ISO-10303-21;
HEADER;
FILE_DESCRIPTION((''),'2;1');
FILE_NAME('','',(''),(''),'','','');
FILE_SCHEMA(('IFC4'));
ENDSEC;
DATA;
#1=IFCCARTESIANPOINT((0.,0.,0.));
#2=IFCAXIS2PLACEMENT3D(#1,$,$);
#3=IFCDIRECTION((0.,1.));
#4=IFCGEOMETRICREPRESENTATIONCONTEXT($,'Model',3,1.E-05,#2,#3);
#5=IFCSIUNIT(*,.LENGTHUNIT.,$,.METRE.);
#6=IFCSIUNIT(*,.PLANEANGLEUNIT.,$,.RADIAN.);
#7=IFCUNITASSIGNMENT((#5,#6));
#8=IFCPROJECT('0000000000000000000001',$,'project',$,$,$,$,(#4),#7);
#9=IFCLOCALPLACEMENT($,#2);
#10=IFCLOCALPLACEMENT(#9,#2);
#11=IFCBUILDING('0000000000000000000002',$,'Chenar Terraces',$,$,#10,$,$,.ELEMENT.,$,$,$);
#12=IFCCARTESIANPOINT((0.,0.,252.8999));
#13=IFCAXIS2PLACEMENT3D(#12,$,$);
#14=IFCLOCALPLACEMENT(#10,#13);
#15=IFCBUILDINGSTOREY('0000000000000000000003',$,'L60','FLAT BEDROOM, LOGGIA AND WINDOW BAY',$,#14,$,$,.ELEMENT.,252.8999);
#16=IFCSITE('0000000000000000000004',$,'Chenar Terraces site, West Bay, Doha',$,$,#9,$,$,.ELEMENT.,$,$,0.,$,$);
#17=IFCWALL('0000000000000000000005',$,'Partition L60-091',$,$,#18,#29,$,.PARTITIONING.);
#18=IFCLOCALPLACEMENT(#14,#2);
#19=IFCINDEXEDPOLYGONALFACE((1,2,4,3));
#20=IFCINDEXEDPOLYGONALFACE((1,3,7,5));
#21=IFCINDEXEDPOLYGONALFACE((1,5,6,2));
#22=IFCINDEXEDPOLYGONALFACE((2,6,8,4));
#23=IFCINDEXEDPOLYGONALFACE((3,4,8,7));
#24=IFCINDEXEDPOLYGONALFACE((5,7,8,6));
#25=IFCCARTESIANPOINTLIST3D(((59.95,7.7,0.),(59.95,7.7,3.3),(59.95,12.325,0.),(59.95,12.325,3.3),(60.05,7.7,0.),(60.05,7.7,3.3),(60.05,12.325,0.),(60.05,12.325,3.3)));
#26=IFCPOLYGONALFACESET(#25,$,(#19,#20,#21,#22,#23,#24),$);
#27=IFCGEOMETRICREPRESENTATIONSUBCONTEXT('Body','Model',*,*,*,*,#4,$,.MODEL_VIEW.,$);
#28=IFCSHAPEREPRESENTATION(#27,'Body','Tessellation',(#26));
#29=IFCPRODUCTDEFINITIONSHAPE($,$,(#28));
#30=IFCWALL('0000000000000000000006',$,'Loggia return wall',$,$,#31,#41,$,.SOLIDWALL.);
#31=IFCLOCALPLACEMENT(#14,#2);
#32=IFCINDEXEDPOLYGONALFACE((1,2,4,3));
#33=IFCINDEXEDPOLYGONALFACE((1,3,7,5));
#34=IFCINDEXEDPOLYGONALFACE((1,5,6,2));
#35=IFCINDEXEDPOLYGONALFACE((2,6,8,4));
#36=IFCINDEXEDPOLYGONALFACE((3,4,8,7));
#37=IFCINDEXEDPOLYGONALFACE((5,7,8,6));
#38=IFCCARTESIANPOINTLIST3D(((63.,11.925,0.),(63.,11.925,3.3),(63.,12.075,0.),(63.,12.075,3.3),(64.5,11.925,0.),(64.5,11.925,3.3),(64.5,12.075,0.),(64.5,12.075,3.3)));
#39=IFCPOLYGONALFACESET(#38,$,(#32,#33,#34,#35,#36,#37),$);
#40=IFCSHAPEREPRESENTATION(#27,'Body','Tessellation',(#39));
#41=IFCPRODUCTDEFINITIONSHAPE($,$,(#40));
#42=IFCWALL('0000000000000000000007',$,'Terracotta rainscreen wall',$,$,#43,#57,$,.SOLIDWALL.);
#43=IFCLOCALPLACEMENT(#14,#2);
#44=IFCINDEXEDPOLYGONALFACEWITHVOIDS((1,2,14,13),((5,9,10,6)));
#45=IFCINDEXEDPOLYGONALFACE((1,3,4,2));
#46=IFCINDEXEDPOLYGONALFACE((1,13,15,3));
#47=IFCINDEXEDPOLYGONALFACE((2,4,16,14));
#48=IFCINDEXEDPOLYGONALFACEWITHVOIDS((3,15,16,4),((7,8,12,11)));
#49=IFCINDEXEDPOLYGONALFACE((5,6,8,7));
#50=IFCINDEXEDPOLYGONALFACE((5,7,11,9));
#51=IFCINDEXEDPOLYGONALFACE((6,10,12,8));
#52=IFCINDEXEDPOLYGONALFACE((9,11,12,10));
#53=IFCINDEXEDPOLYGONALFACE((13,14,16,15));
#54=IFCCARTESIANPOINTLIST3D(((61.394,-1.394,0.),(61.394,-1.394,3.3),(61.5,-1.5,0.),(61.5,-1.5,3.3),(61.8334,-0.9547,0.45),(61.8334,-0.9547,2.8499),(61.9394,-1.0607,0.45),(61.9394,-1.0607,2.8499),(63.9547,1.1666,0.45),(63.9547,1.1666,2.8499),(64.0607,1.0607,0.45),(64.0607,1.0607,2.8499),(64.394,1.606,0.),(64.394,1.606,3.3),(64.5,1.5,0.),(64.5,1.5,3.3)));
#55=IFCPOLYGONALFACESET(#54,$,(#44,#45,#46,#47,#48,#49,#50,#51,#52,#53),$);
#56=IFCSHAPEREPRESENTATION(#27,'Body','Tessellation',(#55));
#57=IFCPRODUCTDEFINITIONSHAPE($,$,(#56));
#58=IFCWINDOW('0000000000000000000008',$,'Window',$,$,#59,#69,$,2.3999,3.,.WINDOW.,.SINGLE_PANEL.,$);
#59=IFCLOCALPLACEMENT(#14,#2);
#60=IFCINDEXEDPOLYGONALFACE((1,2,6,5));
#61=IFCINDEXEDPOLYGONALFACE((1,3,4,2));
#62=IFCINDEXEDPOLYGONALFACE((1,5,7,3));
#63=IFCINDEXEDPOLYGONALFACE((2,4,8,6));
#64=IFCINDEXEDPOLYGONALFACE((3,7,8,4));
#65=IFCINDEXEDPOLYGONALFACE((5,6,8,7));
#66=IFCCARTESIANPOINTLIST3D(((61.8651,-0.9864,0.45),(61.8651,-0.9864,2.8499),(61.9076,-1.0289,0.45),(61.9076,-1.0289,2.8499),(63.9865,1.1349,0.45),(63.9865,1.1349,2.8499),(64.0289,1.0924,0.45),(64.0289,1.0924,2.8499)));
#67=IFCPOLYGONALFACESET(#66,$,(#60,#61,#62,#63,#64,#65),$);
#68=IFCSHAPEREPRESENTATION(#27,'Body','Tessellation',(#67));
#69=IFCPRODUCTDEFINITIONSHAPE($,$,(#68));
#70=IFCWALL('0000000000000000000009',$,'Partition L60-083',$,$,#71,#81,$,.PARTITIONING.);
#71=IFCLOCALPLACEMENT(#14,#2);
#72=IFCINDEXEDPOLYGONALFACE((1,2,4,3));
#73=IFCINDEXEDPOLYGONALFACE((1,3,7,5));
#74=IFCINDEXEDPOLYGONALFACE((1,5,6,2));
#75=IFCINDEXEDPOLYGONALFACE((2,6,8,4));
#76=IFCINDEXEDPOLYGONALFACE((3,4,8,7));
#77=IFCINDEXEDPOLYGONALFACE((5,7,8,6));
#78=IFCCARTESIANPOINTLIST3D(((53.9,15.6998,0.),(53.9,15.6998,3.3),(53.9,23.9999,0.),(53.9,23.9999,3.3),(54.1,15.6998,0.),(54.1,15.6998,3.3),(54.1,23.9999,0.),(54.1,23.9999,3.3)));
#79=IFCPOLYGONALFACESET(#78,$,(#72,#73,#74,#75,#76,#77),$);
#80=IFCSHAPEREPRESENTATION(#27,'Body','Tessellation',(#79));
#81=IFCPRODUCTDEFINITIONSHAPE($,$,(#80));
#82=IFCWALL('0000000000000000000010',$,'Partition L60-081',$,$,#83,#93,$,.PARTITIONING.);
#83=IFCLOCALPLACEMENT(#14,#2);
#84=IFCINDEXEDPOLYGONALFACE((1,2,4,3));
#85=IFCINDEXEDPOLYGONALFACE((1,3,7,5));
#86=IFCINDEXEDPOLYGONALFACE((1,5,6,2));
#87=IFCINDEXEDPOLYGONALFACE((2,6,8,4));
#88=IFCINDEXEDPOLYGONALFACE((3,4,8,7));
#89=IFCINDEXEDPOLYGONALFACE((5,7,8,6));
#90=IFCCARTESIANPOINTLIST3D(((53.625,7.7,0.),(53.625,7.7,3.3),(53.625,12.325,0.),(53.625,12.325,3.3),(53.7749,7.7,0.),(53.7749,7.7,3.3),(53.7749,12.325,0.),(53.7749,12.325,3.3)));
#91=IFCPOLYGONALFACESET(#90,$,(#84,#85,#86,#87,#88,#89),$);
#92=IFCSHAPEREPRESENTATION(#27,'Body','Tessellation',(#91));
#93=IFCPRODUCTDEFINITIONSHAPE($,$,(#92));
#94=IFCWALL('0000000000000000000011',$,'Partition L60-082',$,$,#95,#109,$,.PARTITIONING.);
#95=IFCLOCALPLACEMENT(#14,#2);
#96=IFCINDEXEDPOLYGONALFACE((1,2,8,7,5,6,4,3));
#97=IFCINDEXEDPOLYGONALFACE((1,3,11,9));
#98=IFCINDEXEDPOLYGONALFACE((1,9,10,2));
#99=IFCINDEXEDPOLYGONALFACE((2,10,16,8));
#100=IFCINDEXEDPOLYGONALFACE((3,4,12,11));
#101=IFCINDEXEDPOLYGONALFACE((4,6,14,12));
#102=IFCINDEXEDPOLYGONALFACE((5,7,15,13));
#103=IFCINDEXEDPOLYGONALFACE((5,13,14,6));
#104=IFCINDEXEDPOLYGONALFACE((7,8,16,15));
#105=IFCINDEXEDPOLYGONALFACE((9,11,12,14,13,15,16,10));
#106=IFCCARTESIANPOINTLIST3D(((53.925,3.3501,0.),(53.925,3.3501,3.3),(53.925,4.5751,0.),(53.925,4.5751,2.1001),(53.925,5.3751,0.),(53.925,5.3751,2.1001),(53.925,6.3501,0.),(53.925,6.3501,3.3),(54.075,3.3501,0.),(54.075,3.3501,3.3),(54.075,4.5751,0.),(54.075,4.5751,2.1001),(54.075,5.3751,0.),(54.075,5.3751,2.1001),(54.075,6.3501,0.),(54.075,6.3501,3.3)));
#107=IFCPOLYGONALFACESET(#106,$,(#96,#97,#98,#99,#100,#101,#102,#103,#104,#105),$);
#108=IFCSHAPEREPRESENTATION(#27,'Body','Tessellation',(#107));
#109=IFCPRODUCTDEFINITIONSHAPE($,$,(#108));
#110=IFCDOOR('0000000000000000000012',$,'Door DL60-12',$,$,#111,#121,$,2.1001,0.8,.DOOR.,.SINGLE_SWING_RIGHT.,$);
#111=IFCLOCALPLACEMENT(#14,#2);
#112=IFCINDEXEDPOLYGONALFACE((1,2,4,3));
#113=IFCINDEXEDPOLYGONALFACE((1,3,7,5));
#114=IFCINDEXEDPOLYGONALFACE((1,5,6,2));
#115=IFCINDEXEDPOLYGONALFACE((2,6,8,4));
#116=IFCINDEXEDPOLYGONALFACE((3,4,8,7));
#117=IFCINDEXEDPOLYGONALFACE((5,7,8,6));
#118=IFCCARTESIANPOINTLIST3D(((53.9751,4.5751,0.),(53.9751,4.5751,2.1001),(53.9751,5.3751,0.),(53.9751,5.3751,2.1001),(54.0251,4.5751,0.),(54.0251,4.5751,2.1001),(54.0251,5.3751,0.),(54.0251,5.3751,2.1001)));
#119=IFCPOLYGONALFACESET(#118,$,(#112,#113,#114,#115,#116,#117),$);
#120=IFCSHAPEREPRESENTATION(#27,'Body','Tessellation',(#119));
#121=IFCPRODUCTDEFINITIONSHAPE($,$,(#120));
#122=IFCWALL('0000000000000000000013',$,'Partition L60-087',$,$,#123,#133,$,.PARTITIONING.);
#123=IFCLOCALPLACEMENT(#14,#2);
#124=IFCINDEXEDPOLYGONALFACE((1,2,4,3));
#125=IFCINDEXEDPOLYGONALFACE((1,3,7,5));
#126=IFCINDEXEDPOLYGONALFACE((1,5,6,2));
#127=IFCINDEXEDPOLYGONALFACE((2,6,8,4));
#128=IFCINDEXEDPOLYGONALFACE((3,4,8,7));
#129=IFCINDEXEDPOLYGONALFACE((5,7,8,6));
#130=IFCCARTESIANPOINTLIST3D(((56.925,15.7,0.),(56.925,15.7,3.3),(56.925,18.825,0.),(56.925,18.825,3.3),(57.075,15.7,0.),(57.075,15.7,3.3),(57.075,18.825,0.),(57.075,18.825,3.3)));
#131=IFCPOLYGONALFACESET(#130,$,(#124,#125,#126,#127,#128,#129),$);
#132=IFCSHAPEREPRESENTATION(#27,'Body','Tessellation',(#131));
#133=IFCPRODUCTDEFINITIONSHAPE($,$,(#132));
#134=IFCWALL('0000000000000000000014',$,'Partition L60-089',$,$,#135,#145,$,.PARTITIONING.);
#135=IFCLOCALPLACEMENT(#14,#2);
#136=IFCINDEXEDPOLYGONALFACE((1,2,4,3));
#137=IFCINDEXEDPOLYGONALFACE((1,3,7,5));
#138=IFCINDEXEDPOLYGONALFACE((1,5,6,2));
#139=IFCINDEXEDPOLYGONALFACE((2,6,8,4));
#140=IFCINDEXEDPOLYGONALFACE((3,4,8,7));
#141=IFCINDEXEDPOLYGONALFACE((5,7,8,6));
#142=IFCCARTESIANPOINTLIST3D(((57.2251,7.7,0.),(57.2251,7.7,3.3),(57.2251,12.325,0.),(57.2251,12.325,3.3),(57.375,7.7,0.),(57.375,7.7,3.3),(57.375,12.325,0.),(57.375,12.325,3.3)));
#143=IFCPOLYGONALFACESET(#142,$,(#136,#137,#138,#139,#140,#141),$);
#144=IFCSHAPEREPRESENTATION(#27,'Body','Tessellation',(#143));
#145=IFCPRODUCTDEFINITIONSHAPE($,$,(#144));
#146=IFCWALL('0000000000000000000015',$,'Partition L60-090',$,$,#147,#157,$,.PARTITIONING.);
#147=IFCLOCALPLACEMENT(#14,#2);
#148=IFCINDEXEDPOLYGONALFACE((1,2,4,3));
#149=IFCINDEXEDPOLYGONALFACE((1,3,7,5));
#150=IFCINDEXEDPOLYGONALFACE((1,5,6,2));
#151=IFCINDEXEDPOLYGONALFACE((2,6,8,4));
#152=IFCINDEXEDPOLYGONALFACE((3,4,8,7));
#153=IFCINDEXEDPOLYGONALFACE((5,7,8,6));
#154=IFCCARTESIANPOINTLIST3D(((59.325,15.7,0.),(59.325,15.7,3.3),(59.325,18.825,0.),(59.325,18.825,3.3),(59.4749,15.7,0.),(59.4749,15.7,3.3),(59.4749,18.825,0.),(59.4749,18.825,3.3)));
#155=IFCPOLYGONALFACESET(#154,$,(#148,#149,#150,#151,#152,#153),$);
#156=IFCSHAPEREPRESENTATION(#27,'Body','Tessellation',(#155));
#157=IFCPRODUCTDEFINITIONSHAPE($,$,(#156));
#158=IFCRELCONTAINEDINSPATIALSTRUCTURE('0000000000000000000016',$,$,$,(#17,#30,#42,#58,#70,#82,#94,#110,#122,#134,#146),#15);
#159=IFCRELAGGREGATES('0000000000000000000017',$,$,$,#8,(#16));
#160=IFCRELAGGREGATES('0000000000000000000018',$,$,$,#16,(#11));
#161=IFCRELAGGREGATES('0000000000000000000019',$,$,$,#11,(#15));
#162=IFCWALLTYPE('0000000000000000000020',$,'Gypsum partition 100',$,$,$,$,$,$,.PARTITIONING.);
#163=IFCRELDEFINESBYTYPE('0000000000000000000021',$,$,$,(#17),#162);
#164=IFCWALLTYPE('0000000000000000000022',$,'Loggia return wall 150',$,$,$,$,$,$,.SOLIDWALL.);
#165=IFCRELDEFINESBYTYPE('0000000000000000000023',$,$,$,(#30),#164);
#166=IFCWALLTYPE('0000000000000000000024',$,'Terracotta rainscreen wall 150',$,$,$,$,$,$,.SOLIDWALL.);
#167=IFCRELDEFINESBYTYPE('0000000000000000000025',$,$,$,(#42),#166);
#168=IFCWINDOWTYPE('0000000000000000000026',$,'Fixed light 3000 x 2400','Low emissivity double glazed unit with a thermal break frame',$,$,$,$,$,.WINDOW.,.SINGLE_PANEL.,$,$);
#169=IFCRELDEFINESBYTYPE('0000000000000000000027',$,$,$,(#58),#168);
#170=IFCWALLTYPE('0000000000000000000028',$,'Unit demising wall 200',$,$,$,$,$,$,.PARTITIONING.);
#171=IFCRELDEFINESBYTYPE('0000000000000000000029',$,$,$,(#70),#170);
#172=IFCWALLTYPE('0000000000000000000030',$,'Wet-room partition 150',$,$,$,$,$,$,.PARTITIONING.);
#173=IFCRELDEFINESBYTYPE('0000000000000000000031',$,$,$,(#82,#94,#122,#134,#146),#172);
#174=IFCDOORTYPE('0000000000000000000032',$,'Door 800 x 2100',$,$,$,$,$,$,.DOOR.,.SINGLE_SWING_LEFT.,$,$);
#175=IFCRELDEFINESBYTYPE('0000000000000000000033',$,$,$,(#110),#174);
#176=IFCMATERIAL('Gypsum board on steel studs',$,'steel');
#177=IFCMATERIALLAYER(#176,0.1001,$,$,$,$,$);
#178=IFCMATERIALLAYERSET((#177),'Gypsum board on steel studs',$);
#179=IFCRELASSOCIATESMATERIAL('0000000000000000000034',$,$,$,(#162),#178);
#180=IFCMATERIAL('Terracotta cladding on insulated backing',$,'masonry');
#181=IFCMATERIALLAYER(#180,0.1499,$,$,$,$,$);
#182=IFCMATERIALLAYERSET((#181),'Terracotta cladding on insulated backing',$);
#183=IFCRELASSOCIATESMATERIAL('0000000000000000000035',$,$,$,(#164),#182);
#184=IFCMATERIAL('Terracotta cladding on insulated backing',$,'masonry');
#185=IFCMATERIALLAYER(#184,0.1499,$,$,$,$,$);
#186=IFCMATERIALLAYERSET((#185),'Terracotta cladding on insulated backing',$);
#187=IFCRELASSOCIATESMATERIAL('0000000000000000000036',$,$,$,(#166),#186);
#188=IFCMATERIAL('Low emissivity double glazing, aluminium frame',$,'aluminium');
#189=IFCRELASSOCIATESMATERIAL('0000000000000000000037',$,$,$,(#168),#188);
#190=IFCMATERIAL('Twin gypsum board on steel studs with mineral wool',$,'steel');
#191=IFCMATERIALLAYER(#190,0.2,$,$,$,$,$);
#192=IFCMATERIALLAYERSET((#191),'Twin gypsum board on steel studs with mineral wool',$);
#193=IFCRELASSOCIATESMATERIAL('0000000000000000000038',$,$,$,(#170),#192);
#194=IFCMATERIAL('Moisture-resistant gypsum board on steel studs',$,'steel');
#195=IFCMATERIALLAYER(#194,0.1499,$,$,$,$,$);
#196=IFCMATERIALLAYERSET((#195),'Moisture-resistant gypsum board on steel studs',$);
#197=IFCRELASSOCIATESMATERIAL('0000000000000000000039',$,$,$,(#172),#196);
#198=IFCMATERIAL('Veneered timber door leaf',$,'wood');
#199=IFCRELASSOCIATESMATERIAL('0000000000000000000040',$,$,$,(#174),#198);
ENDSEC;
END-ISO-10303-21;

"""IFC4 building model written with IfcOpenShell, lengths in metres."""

from ifc_helpers import new_model, si_unit, direction, frame, frame_2d, origin, place, context, subcontext, project, spatial, rectangle, extrude, material, layer, layer_set, type_object, element, fill, save


model = new_model("IFC4")

# Units and contexts
model_context = context("Model", 3, precision=1e-05, world=origin(), true_north=direction((0.0, 1.0)))
body_context = subcontext(model_context, "Body", "Model", "MODEL_VIEW")
ifc_project = project(units=[si_unit("LENGTHUNIT", "METRE"), si_unit("PLANEANGLEUNIT", "RADIAN")], contexts=[model_context])

# Site, building, storey
site_placement = place(None, origin())
site = spatial("IfcSite", under=ifc_project, at=site_placement, Name="Chenar Terraces site, West Bay, Doha", CompositionType="ELEMENT", RefElevation=0.0)
building_placement = place(site_placement, origin())
building = spatial("IfcBuilding", under=site, at=building_placement, Name="Chenar Terraces", CompositionType="ELEMENT")
storey_placement = place(building_placement, frame((0.0, 0.0, 252.8999)))
storey = spatial("IfcBuildingStorey", under=building, at=storey_placement, Name="L60", Description="FLAT BEDROOM, LOGGIA AND WINDOW BAY", CompositionType="ELEMENT", Elevation=252.8999)

# Shared definitions
ifc_material_1 = material(Name="Gypsum board on steel studs", Category="steel")
ifc_layer_1 = layer(ifc_material_1, 0.1001)
ifc_layer_set_1 = layer_set([ifc_layer_1], Name="Gypsum board on steel studs")
wall_type_1 = type_object("IfcWallType", Name="Gypsum partition 100", PredefinedType="PARTITIONING", material=ifc_layer_set_1)

# Walls
wall_1_placement = place(storey_placement, frame((60.0, 7.7, 0.0), z_axis=(0.0, 0.0, 1.0), x_axis=(0.0, 1.0, 0.0)))
element("IfcWall", 1, at=wall_1_placement, inside=storey, type_object=wall_type_1, Name="Partition L60-091", PredefinedType="PARTITIONING", context=body_context, shape_type="SweptSolid", body=[
    extrude(rectangle(XDim=4.625, YDim=0.1001, at=frame_2d((2.3125, 0.0))), origin(), (0.0, 0.0, 1.0), 3.3),
])
ifc_material_2 = material(Name="Terracotta cladding on insulated backing", Category="masonry")
ifc_layer_2 = layer(ifc_material_2, 0.1499)
ifc_layer_set_2 = layer_set([ifc_layer_2], Name="Terracotta cladding on insulated backing")
wall_type_2 = type_object("IfcWallType", Name="Loggia return wall 150", PredefinedType="SOLIDWALL", material=ifc_layer_set_2)
wall_2_placement = place(storey_placement, frame((64.5, 12.0, 0.0), z_axis=(0.0, 0.0, 1.0), x_axis=(-1.0, 0.0, 0.0)))
element("IfcWall", 2, at=wall_2_placement, inside=storey, type_object=wall_type_2, Name="Loggia return wall", PredefinedType="SOLIDWALL", context=body_context, shape_type="SweptSolid", body=[
    extrude(rectangle(XDim=1.5, YDim=0.1499, at=frame_2d((0.75, 0.0))), origin(), (0.0, 0.0, 1.0), 3.3),
])

# Wall, opening, window
ifc_material_3 = material(Name="Terracotta cladding on insulated backing", Category="masonry")
ifc_layer_3 = layer(ifc_material_3, 0.1499)
ifc_layer_set_3 = layer_set([ifc_layer_3], Name="Terracotta cladding on insulated backing")
wall_type_3 = type_object("IfcWallType", Name="Terracotta rainscreen wall 150", PredefinedType="SOLIDWALL", material=ifc_layer_set_3)
wall_3_placement = place(storey_placement, frame((61.447, -1.447, 0.0), z_axis=(0.0, 0.0, 1.0), x_axis=(0.707107, 0.707107, 0.0)))
wall_3 = element("IfcWall", 3, at=wall_3_placement, inside=storey, type_object=wall_type_3, Name="Terracotta rainscreen wall", PredefinedType="SOLIDWALL", context=body_context, shape_type="SweptSolid", body=[
    extrude(rectangle(XDim=4.2427, YDim=0.1499, at=frame_2d((2.1213, 0.0))), origin(), (0.0, 0.0, 1.0), 3.3),
])
opening_1_placement = place(wall_3_placement, frame((0.6213, 0.0, 0.45)))
opening_1 = element("IfcOpeningElement", 4, at=opening_1_placement, cuts=wall_3, PredefinedType="OPENING", context=body_context, shape_type="SweptSolid", body=[
    extrude(rectangle(XDim=3.0, YDim=2.3999, at=frame_2d((1.5, 1.2))), frame((0.0, 0.085, 0.0), z_axis=(0.0, -1.0, 0.0), x_axis=(1.0, 0.0, 0.0)), (0.0, 0.0, 1.0), 0.1699),
])
ifc_material_4 = material(Name="Low emissivity double glazing, aluminium frame", Category="aluminium")
window_type_1 = type_object("IfcWindowType", Name="Fixed light 3000 x 2400", Description="Low emissivity double glazed unit with a thermal break frame", PartitioningType="SINGLE_PANEL", PredefinedType="WINDOW", material=ifc_material_4)
window_1_placement = place(opening_1_placement, origin())
window_1 = element("IfcWindow", 5, at=window_1_placement, inside=storey, type_object=window_type_1, Name="Window", OverallHeight=2.3999, OverallWidth=3.0, PartitioningType="SINGLE_PANEL", PredefinedType="WINDOW", context=body_context, shape_type="SweptSolid", body=[
    extrude(rectangle(XDim=3.0, YDim=2.3999, at=frame_2d((1.5, 1.2))), frame((0.0, 0.03, 0.0), z_axis=(0.0, -1.0, 0.0), x_axis=(1.0, 0.0, 0.0)), (0.0, 0.0, 1.0), 0.0601),
])
fill(opening_1, window_1)

# Walls
ifc_material_5 = material(Name="Twin gypsum board on steel studs with mineral wool", Category="steel")
ifc_layer_4 = layer(ifc_material_5, 0.2)
ifc_layer_set_4 = layer_set([ifc_layer_4], Name="Twin gypsum board on steel studs with mineral wool")
wall_type_4 = type_object("IfcWallType", Name="Unit demising wall 200", PredefinedType="PARTITIONING", material=ifc_layer_set_4)
wall_4_placement = place(storey_placement, frame((54.0, 15.7, 0.0), z_axis=(0.0, 0.0, 1.0), x_axis=(0.0, 1.0, 0.0)))
element("IfcWall", 6, at=wall_4_placement, inside=storey, type_object=wall_type_4, Name="Partition L60-083", PredefinedType="PARTITIONING", context=body_context, shape_type="SweptSolid", body=[
    extrude(rectangle(XDim=8.3, YDim=0.2, at=frame_2d((4.1499, 0.0))), origin(), (0.0, 0.0, 1.0), 3.3),
])
ifc_material_6 = material(Name="Moisture-resistant gypsum board on steel studs", Category="steel")
ifc_layer_5 = layer(ifc_material_6, 0.1499)
ifc_layer_set_5 = layer_set([ifc_layer_5], Name="Moisture-resistant gypsum board on steel studs")
wall_type_5 = type_object("IfcWallType", Name="Wet-room partition 150", PredefinedType="PARTITIONING", material=ifc_layer_set_5)
wall_5_placement = place(storey_placement, frame((53.7, 7.7, 0.0), z_axis=(0.0, 0.0, 1.0), x_axis=(0.0, 1.0, 0.0)))
element("IfcWall", 7, at=wall_5_placement, inside=storey, type_object=wall_type_5, Name="Partition L60-081", PredefinedType="PARTITIONING", context=body_context, shape_type="SweptSolid", body=[
    extrude(rectangle(XDim=4.625, YDim=0.1499, at=frame_2d((2.3125, 0.0))), origin(), (0.0, 0.0, 1.0), 3.3),
])

# Wall, opening, door
wall_6_placement = place(storey_placement, frame((54.0, 3.3501, 0.0), z_axis=(0.0, 0.0, 1.0), x_axis=(0.0, 1.0, 0.0)))
wall_6 = element("IfcWall", 8, at=wall_6_placement, inside=storey, type_object=wall_type_5, Name="Partition L60-082", PredefinedType="PARTITIONING", context=body_context, shape_type="SweptSolid", body=[
    extrude(rectangle(XDim=3.0, YDim=0.1499, at=frame_2d((1.5, 0.0))), origin(), (0.0, 0.0, 1.0), 3.3),
])
opening_2_placement = place(wall_6_placement, frame((1.2251, 0.0, 0.0)))
opening_2 = element("IfcOpeningElement", 9, at=opening_2_placement, cuts=wall_6, PredefinedType="OPENING", context=body_context, shape_type="SweptSolid", body=[
    extrude(rectangle(XDim=0.8, YDim=2.1001, at=frame_2d((0.3999, 1.05))), frame((0.0, 0.085, 0.0), z_axis=(0.0, -1.0, 0.0), x_axis=(1.0, 0.0, 0.0)), (0.0, 0.0, 1.0), 0.1699),
])
ifc_material_7 = material(Name="Veneered timber door leaf", Category="wood")
door_type_1 = type_object("IfcDoorType", Name="Door 800 x 2100", OperationType="SINGLE_SWING_LEFT", PredefinedType="DOOR", material=ifc_material_7)
door_1_placement = place(opening_2_placement, origin())
door_1 = element("IfcDoor", 10, at=door_1_placement, inside=storey, type_object=door_type_1, Name="Door DL60-12", OperationType="SINGLE_SWING_RIGHT", OverallHeight=2.1001, OverallWidth=0.8, PredefinedType="DOOR", context=body_context, shape_type="SweptSolid", body=[
    extrude(rectangle(XDim=0.8, YDim=2.1001, at=frame_2d((0.3999, 1.05))), frame((0.0, 0.0249, 0.0), z_axis=(0.0, -1.0, 0.0), x_axis=(1.0, 0.0, 0.0)), (0.0, 0.0, 1.0), 0.05),
])
fill(opening_2, door_1)

# Walls
wall_7_placement = place(storey_placement, frame((57.0, 15.7, 0.0), z_axis=(0.0, 0.0, 1.0), x_axis=(0.0, 1.0, 0.0)))
element("IfcWall", 11, at=wall_7_placement, inside=storey, type_object=wall_type_5, Name="Partition L60-087", PredefinedType="PARTITIONING", context=body_context, shape_type="SweptSolid", body=[
    extrude(rectangle(XDim=3.125, YDim=0.1499, at=frame_2d((1.5625, 0.0))), origin(), (0.0, 0.0, 1.0), 3.3),
])
wall_8_placement = place(storey_placement, frame((57.3, 7.7, 0.0), z_axis=(0.0, 0.0, 1.0), x_axis=(0.0, 1.0, 0.0)))
element("IfcWall", 12, at=wall_8_placement, inside=storey, type_object=wall_type_5, Name="Partition L60-089", PredefinedType="PARTITIONING", context=body_context, shape_type="SweptSolid", body=[
    extrude(rectangle(XDim=4.625, YDim=0.1499, at=frame_2d((2.3125, 0.0))), origin(), (0.0, 0.0, 1.0), 3.3),
])
wall_9_placement = place(storey_placement, frame((59.3999, 15.7, 0.0), z_axis=(0.0, 0.0, 1.0), x_axis=(0.0, 1.0, 0.0)))
element("IfcWall", 13, at=wall_9_placement, inside=storey, type_object=wall_type_5, Name="Partition L60-090", PredefinedType="PARTITIONING", context=body_context, shape_type="SweptSolid", body=[
    extrude(rectangle(XDim=3.125, YDim=0.1499, at=frame_2d((1.5625, 0.0))), origin(), (0.0, 0.0, 1.0), 3.3),
])

save(model, "model.ifc")
